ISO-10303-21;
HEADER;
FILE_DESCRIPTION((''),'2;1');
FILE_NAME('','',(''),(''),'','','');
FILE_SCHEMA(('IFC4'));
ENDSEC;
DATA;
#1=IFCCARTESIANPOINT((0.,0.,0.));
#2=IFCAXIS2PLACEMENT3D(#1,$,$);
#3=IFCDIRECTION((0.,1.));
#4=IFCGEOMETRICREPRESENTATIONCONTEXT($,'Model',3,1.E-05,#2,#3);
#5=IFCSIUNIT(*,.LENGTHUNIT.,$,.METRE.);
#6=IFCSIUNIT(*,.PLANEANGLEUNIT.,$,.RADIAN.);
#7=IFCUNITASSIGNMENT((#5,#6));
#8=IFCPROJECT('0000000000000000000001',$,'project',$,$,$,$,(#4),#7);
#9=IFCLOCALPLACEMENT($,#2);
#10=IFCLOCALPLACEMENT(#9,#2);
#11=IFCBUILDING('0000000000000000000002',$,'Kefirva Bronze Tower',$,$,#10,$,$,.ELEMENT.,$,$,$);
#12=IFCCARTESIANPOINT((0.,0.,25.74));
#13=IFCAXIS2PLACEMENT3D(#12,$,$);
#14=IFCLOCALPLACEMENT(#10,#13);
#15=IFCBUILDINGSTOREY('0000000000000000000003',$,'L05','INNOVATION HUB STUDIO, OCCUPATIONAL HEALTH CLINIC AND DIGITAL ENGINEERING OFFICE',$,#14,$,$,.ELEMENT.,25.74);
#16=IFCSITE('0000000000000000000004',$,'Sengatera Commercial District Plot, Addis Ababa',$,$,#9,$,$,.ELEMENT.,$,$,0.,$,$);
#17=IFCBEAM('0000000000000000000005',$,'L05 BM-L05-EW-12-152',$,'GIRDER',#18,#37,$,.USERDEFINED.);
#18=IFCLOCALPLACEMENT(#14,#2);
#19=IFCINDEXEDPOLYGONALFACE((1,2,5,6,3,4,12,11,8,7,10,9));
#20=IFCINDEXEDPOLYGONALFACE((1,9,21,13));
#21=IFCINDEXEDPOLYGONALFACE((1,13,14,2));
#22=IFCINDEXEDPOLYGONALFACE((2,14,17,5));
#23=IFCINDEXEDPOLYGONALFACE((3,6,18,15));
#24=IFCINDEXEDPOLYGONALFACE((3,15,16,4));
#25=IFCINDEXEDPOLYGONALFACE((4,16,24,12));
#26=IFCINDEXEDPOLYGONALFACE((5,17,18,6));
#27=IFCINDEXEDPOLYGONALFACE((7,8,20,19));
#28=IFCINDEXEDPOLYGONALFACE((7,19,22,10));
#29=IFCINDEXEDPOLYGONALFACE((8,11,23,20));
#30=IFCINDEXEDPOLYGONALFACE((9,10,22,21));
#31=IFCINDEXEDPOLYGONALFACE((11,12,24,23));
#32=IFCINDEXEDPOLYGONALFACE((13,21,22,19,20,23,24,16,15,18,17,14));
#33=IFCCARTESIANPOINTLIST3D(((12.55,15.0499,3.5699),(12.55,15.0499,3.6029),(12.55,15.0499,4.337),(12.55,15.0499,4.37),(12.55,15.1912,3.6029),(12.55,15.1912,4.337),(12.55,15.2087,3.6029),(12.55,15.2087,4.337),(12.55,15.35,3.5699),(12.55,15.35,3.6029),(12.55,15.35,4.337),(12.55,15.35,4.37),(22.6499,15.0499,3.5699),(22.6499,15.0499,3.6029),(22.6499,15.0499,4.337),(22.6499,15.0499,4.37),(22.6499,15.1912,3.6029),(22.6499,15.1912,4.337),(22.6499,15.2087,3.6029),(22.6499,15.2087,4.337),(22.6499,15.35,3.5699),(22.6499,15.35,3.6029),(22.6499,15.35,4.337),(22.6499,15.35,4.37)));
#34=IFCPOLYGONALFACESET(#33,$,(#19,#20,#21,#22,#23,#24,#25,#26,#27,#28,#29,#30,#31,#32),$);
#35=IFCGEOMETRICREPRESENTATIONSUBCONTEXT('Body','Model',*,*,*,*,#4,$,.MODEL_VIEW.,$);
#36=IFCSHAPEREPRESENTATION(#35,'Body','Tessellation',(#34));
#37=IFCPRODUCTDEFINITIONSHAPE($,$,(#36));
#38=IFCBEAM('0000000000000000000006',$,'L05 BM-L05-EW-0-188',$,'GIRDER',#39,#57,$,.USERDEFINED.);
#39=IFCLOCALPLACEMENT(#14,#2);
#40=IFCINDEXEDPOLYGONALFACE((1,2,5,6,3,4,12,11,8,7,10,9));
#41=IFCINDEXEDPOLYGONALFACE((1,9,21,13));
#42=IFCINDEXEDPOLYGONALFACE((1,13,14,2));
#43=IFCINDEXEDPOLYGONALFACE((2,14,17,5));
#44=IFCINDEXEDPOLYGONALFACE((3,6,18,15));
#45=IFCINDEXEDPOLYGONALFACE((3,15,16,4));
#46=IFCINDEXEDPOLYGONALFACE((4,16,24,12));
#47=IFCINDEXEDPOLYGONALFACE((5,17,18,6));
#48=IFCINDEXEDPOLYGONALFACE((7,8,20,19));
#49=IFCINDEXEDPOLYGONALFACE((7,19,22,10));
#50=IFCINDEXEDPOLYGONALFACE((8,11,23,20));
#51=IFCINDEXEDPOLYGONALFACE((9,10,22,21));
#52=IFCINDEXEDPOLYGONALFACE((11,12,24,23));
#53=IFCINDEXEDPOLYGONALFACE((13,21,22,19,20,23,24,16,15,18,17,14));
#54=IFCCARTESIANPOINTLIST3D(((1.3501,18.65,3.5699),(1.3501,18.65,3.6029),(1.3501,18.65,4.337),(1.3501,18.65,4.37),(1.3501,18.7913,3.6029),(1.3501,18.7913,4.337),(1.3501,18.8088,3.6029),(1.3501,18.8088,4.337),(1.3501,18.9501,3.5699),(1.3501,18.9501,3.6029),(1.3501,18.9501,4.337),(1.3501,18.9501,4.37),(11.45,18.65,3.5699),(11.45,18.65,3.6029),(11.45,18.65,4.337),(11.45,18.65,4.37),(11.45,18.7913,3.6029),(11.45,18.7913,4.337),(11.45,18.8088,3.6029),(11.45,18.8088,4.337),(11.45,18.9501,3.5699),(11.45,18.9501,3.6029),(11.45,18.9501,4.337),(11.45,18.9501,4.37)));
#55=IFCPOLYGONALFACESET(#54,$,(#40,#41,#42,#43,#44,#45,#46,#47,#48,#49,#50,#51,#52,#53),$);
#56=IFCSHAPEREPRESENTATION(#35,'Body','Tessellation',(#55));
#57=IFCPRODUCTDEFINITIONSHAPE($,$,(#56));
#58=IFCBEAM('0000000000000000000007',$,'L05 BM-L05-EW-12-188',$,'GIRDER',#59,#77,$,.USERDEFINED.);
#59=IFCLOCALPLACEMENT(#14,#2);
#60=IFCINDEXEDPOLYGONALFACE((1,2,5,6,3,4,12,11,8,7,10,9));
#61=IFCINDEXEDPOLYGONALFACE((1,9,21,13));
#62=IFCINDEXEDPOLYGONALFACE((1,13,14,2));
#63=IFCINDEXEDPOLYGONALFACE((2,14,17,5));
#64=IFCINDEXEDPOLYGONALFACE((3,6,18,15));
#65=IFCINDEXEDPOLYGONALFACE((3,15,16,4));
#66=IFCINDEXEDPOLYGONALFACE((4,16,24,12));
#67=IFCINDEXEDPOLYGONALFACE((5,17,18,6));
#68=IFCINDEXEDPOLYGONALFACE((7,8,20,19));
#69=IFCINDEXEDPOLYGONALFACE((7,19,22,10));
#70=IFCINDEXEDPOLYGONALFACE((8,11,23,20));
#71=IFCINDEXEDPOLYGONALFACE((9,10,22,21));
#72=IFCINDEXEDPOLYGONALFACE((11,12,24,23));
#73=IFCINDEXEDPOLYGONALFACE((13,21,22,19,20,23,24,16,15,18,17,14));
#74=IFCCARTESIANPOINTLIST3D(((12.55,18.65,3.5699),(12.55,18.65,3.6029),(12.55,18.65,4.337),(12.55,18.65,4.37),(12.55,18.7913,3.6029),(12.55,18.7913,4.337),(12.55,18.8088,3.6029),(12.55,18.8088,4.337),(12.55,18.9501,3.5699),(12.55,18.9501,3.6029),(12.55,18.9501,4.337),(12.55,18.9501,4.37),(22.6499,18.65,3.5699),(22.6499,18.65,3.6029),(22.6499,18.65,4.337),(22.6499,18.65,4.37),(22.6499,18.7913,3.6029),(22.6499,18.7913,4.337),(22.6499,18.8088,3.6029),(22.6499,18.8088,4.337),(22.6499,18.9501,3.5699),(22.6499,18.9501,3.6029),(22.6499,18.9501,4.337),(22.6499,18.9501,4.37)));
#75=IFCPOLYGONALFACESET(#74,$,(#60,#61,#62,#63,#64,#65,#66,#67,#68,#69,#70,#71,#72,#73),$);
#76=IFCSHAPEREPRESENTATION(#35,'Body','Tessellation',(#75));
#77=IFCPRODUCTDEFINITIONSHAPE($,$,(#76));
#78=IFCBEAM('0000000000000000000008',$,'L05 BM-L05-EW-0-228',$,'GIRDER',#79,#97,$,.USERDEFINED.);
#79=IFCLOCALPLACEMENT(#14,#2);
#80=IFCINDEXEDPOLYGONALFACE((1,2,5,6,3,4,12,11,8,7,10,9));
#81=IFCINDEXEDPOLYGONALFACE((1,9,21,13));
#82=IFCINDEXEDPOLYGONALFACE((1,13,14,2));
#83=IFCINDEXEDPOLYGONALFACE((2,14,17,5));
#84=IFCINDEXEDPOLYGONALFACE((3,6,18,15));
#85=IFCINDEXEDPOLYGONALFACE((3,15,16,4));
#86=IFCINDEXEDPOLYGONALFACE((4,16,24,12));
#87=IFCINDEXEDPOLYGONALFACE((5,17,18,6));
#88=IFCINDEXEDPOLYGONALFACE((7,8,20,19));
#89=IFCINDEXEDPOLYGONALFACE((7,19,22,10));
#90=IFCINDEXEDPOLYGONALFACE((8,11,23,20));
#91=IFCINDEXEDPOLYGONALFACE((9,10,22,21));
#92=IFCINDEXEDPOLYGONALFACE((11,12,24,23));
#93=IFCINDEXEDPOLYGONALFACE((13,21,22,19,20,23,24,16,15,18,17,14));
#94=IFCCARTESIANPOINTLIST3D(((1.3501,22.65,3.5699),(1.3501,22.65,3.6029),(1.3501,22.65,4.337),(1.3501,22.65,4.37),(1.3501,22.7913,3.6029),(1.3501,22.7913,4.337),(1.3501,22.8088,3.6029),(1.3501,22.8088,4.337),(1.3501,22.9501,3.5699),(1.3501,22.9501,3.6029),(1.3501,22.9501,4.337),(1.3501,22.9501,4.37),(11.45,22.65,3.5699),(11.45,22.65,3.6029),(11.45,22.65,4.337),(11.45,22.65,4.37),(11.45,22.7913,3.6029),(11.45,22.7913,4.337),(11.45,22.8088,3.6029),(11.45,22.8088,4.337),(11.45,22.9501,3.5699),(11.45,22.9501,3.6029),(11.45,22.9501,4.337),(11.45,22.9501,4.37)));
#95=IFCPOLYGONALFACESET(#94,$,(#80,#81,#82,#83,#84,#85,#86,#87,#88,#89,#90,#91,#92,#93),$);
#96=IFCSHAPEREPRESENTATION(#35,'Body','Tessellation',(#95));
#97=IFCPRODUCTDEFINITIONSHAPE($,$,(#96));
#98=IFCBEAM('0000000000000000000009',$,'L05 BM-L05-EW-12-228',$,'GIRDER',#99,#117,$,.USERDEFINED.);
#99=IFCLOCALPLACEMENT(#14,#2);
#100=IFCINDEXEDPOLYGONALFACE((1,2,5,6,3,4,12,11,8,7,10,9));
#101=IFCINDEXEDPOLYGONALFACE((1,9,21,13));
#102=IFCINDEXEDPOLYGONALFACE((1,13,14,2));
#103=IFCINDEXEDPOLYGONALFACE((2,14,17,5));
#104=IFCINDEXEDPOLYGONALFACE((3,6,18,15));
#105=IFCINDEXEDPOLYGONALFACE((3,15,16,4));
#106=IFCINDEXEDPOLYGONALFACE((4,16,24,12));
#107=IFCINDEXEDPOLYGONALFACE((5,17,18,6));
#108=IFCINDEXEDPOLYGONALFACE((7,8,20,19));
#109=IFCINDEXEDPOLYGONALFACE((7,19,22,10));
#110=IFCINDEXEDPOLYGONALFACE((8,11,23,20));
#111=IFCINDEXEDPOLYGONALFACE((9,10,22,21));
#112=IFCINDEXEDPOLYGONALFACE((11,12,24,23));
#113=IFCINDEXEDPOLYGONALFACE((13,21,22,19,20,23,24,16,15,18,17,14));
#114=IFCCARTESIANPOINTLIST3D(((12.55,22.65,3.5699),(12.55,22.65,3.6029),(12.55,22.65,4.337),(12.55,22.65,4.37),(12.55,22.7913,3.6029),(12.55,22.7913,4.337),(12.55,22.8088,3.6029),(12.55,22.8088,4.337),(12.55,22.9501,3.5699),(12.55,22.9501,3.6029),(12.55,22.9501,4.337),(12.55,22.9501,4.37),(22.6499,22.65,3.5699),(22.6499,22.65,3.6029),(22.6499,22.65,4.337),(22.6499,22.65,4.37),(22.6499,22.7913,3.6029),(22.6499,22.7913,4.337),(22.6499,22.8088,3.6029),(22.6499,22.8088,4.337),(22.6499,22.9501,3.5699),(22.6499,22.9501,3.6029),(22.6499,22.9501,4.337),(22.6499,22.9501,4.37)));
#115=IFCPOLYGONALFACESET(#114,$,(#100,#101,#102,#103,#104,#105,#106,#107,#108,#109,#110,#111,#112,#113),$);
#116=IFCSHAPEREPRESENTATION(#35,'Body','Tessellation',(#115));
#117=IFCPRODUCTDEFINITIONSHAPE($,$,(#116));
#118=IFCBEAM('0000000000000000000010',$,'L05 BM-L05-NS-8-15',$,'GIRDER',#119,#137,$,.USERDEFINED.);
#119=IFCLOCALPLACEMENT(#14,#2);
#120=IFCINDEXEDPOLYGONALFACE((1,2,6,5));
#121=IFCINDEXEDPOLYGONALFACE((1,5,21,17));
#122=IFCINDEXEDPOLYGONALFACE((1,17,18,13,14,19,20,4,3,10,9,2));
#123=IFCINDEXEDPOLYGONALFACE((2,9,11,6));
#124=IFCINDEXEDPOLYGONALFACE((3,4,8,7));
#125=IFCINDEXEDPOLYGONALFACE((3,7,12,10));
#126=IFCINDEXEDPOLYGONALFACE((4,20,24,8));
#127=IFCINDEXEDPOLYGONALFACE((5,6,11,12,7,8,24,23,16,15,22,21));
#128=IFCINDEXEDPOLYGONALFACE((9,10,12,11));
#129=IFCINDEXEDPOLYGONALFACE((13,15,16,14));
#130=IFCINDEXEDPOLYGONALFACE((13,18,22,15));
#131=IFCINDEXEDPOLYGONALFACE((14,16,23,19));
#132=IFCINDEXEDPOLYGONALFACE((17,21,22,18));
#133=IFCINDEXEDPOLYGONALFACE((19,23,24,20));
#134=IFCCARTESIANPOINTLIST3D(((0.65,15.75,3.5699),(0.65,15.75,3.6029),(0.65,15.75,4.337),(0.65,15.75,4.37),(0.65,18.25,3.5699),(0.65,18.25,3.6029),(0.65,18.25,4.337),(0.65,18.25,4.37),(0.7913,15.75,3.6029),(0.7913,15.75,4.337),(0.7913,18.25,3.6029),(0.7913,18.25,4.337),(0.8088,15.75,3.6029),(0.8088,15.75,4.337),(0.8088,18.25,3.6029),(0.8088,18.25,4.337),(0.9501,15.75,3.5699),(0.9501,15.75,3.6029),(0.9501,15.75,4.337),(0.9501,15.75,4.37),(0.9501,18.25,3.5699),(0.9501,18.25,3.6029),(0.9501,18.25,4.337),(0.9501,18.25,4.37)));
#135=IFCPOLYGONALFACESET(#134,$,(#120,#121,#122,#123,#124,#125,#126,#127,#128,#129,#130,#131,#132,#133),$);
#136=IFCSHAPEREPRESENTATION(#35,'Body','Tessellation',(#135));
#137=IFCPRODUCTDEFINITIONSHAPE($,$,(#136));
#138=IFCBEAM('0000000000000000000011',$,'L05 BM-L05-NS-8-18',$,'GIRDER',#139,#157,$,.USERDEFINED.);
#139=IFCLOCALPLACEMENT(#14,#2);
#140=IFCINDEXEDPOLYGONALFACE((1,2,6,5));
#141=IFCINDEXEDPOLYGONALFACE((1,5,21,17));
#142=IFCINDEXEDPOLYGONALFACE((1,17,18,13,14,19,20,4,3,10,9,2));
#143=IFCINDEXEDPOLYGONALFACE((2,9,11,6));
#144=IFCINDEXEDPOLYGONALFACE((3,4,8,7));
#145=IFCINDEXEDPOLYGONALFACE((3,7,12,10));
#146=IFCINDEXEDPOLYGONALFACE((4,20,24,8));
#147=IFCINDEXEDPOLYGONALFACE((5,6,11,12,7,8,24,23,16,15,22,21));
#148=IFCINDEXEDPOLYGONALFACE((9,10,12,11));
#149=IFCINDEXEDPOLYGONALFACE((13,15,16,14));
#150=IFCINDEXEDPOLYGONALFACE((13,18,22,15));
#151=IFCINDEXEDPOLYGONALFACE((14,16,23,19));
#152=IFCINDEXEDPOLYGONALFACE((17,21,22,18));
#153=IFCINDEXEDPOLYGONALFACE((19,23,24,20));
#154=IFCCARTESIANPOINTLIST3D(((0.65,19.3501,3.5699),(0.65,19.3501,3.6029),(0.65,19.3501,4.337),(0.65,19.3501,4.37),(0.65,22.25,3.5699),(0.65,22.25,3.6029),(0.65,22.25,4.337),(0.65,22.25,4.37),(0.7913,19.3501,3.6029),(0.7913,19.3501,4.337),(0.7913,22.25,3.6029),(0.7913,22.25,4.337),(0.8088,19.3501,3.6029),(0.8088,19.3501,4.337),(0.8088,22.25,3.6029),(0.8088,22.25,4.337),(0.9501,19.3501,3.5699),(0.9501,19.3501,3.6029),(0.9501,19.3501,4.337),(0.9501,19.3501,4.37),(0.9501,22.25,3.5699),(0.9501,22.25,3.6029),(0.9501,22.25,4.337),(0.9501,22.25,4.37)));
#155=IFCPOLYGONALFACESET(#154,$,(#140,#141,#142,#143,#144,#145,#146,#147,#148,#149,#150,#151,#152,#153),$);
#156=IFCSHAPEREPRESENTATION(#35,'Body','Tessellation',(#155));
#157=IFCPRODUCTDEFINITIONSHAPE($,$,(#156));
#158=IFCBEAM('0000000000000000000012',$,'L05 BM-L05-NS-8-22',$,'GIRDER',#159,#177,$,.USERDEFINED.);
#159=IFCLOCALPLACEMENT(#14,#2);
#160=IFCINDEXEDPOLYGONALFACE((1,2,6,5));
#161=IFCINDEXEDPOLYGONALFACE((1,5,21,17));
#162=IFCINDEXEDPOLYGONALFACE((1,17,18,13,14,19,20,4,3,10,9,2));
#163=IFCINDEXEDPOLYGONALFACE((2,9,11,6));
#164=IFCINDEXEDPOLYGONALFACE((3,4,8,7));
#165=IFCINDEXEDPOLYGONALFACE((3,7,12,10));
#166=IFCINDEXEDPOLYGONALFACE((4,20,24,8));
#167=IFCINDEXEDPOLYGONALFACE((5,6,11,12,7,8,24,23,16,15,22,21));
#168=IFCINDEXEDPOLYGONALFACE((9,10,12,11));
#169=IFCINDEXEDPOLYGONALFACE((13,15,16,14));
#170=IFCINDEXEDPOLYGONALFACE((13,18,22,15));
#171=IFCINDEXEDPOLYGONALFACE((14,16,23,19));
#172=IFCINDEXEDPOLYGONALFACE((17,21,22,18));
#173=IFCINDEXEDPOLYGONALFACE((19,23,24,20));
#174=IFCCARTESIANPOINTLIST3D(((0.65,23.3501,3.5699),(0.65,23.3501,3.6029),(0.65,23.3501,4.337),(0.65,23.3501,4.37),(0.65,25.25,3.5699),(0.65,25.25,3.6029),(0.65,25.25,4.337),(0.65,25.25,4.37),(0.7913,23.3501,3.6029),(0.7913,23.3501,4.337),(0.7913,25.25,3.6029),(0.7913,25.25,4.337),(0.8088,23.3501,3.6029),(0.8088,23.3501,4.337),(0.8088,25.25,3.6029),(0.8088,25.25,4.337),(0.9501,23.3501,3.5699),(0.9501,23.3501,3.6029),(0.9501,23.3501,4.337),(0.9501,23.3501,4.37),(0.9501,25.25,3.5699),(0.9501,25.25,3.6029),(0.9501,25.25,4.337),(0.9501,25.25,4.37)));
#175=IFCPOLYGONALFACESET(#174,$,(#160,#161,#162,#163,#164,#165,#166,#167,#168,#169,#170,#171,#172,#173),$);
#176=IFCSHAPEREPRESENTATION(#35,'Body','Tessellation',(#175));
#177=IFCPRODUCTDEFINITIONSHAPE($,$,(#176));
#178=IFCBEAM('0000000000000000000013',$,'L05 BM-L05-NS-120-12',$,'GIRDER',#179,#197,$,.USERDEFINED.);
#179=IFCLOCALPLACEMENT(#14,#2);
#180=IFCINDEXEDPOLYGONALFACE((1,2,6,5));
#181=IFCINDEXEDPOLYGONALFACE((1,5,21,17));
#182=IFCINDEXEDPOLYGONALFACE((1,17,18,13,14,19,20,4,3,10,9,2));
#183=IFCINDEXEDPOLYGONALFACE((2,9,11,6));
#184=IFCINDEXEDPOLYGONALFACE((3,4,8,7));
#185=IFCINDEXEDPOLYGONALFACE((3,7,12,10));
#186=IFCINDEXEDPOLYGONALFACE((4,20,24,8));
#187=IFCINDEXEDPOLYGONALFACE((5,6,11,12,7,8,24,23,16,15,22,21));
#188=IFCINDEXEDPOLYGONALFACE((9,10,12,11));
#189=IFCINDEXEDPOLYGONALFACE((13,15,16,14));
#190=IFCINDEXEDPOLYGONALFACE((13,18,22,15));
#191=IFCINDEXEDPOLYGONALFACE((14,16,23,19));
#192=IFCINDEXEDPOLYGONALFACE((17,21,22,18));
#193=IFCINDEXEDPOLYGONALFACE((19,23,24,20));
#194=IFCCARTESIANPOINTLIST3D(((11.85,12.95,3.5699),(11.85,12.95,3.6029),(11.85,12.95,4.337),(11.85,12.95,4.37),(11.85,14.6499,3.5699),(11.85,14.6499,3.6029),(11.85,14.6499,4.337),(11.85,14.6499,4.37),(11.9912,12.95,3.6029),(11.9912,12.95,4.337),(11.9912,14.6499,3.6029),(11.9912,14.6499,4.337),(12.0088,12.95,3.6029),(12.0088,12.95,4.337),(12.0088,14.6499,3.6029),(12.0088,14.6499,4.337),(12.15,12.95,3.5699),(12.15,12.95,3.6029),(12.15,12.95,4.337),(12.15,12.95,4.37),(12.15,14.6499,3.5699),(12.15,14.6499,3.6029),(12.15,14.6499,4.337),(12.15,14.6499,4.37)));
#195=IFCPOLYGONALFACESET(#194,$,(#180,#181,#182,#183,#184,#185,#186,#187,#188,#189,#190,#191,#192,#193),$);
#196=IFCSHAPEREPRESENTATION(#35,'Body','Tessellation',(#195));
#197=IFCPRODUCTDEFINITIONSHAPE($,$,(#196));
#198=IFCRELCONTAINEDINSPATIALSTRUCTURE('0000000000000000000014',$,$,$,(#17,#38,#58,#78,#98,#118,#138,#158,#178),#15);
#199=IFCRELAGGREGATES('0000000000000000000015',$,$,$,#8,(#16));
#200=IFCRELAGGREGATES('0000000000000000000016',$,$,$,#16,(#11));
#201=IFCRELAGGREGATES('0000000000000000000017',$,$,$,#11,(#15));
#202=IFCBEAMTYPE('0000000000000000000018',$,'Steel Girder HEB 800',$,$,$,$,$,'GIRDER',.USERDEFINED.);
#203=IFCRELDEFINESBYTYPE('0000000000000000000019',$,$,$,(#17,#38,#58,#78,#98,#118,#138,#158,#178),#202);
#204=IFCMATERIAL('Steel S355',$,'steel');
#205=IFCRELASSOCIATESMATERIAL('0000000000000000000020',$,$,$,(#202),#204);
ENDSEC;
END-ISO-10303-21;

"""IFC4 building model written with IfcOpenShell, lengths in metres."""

from ifc_helpers import new_model, si_unit, direction, frame, origin, origin_2d, place, context, subcontext, project, spatial, i_section, extrude, material, material_profile, profile_set, type_object, element, save


model = new_model("IFC4")

# Units and contexts
model_context = context("Model", 3, precision=1e-05, world=origin(), true_north=direction((0.0, 1.0)))
body_context = subcontext(model_context, "Body", "Model", "MODEL_VIEW")
ifc_project = project(units=[si_unit("LENGTHUNIT", "METRE"), si_unit("PLANEANGLEUNIT", "RADIAN")], contexts=[model_context])

# Site, building, storey
site_placement = place(None, origin())
site = spatial("IfcSite", under=ifc_project, at=site_placement, Name="Sengatera Commercial District Plot, Addis Ababa", CompositionType="ELEMENT", RefElevation=0.0)
building_placement = place(site_placement, origin())
building = spatial("IfcBuilding", under=site, at=building_placement, Name="Kefirva Bronze Tower", CompositionType="ELEMENT")
storey_placement = place(building_placement, frame((0.0, 0.0, 25.74)))
storey = spatial("IfcBuildingStorey", under=building, at=storey_placement, Name="L05", Description="INNOVATION HUB STUDIO, OCCUPATIONAL HEALTH CLINIC AND DIGITAL ENGINEERING OFFICE", CompositionType="ELEMENT", Elevation=25.74)

# Beams
ifc_material_1 = material(Name="Steel S355", Category="steel")
ifc_material_profile_1 = material_profile(ifc_material_1, i_section(OverallWidth=0.3, OverallDepth=0.8, WebThickness=0.0176, FlangeThickness=0.033, at=origin_2d()), Name="HEB 800")
ifc_profile_set_1 = profile_set([ifc_material_profile_1], Name="Steel S355")
beam_type = type_object("IfcBeamType", Name="Steel Girder HEB 800", ElementType="GIRDER", PredefinedType="USERDEFINED", material=ifc_profile_set_1)
for number, where, z_axis, x_axis, name in (
    (1, (12.55, 15.2, 3.97), (1.0, 0.0, 0.0), (0.0, 1.0, 0.0), "L05 BM-L05-EW-12-152"),
    (2, (1.3501, 18.8, 3.97), (1.0, 0.0, 0.0), (0.0, 1.0, 0.0), "L05 BM-L05-EW-0-188"),
    (3, (12.55, 18.8, 3.97), (1.0, 0.0, 0.0), (0.0, 1.0, 0.0), "L05 BM-L05-EW-12-188"),
    (4, (1.3501, 22.8, 3.97), (1.0, 0.0, 0.0), (0.0, 1.0, 0.0), "L05 BM-L05-EW-0-228"),
    (5, (12.55, 22.8, 3.97), (1.0, 0.0, 0.0), (0.0, 1.0, 0.0), "L05 BM-L05-EW-12-228"),
):
    element("IfcBeam", number, at=place(storey_placement, frame(where, z_axis=z_axis, x_axis=x_axis)), inside=storey, type_object=beam_type, Name=name, ObjectType="GIRDER", PredefinedType="USERDEFINED", context=body_context, shape_type="SweptSolid", body=[
        extrude(i_section(OverallWidth=0.3, OverallDepth=0.8, WebThickness=0.0176, FlangeThickness=0.033, at=origin_2d()), origin(), (0.0, 0.0, 1.0), 10.0999),
    ])
beam_1_placement = place(storey_placement, frame((0.8, 15.75, 3.97), z_axis=(0.0, 1.0, 0.0), x_axis=(-1.0, 0.0, 0.0)))
element("IfcBeam", 6, at=beam_1_placement, inside=storey, type_object=beam_type, Name="L05 BM-L05-NS-8-15", ObjectType="GIRDER", PredefinedType="USERDEFINED", context=body_context, shape_type="SweptSolid", body=[
    extrude(i_section(OverallWidth=0.3, OverallDepth=0.8, WebThickness=0.0176, FlangeThickness=0.033, at=origin_2d()), origin(), (0.0, 0.0, 1.0), 2.5),
])
beam_2_placement = place(storey_placement, frame((0.8, 19.3501, 3.97), z_axis=(0.0, 1.0, 0.0), x_axis=(-1.0, 0.0, 0.0)))
element("IfcBeam", 7, at=beam_2_placement, inside=storey, type_object=beam_type, Name="L05 BM-L05-NS-8-18", ObjectType="GIRDER", PredefinedType="USERDEFINED", context=body_context, shape_type="SweptSolid", body=[
    extrude(i_section(OverallWidth=0.3, OverallDepth=0.8, WebThickness=0.0176, FlangeThickness=0.033, at=origin_2d()), origin(), (0.0, 0.0, 1.0), 2.8999),
])
beam_3_placement = place(storey_placement, frame((0.8, 23.3501, 3.97), z_axis=(0.0, 1.0, 0.0), x_axis=(-1.0, 0.0, 0.0)))
element("IfcBeam", 8, at=beam_3_placement, inside=storey, type_object=beam_type, Name="L05 BM-L05-NS-8-22", ObjectType="GIRDER", PredefinedType="USERDEFINED", context=body_context, shape_type="SweptSolid", body=[
    extrude(i_section(OverallWidth=0.3, OverallDepth=0.8, WebThickness=0.0176, FlangeThickness=0.033, at=origin_2d()), origin(), (0.0, 0.0, 1.0), 1.8999),
])
beam_4_placement = place(storey_placement, frame((12.0, 12.95, 3.97), z_axis=(0.0, 1.0, 0.0), x_axis=(-1.0, 0.0, 0.0)))
element("IfcBeam", 9, at=beam_4_placement, inside=storey, type_object=beam_type, Name="L05 BM-L05-NS-120-12", ObjectType="GIRDER", PredefinedType="USERDEFINED", context=body_context, shape_type="SweptSolid", body=[
    extrude(i_section(OverallWidth=0.3, OverallDepth=0.8, WebThickness=0.0176, FlangeThickness=0.033, at=origin_2d()), origin(), (0.0, 0.0, 1.0), 1.7),
])

save(model, "model.ifc")
